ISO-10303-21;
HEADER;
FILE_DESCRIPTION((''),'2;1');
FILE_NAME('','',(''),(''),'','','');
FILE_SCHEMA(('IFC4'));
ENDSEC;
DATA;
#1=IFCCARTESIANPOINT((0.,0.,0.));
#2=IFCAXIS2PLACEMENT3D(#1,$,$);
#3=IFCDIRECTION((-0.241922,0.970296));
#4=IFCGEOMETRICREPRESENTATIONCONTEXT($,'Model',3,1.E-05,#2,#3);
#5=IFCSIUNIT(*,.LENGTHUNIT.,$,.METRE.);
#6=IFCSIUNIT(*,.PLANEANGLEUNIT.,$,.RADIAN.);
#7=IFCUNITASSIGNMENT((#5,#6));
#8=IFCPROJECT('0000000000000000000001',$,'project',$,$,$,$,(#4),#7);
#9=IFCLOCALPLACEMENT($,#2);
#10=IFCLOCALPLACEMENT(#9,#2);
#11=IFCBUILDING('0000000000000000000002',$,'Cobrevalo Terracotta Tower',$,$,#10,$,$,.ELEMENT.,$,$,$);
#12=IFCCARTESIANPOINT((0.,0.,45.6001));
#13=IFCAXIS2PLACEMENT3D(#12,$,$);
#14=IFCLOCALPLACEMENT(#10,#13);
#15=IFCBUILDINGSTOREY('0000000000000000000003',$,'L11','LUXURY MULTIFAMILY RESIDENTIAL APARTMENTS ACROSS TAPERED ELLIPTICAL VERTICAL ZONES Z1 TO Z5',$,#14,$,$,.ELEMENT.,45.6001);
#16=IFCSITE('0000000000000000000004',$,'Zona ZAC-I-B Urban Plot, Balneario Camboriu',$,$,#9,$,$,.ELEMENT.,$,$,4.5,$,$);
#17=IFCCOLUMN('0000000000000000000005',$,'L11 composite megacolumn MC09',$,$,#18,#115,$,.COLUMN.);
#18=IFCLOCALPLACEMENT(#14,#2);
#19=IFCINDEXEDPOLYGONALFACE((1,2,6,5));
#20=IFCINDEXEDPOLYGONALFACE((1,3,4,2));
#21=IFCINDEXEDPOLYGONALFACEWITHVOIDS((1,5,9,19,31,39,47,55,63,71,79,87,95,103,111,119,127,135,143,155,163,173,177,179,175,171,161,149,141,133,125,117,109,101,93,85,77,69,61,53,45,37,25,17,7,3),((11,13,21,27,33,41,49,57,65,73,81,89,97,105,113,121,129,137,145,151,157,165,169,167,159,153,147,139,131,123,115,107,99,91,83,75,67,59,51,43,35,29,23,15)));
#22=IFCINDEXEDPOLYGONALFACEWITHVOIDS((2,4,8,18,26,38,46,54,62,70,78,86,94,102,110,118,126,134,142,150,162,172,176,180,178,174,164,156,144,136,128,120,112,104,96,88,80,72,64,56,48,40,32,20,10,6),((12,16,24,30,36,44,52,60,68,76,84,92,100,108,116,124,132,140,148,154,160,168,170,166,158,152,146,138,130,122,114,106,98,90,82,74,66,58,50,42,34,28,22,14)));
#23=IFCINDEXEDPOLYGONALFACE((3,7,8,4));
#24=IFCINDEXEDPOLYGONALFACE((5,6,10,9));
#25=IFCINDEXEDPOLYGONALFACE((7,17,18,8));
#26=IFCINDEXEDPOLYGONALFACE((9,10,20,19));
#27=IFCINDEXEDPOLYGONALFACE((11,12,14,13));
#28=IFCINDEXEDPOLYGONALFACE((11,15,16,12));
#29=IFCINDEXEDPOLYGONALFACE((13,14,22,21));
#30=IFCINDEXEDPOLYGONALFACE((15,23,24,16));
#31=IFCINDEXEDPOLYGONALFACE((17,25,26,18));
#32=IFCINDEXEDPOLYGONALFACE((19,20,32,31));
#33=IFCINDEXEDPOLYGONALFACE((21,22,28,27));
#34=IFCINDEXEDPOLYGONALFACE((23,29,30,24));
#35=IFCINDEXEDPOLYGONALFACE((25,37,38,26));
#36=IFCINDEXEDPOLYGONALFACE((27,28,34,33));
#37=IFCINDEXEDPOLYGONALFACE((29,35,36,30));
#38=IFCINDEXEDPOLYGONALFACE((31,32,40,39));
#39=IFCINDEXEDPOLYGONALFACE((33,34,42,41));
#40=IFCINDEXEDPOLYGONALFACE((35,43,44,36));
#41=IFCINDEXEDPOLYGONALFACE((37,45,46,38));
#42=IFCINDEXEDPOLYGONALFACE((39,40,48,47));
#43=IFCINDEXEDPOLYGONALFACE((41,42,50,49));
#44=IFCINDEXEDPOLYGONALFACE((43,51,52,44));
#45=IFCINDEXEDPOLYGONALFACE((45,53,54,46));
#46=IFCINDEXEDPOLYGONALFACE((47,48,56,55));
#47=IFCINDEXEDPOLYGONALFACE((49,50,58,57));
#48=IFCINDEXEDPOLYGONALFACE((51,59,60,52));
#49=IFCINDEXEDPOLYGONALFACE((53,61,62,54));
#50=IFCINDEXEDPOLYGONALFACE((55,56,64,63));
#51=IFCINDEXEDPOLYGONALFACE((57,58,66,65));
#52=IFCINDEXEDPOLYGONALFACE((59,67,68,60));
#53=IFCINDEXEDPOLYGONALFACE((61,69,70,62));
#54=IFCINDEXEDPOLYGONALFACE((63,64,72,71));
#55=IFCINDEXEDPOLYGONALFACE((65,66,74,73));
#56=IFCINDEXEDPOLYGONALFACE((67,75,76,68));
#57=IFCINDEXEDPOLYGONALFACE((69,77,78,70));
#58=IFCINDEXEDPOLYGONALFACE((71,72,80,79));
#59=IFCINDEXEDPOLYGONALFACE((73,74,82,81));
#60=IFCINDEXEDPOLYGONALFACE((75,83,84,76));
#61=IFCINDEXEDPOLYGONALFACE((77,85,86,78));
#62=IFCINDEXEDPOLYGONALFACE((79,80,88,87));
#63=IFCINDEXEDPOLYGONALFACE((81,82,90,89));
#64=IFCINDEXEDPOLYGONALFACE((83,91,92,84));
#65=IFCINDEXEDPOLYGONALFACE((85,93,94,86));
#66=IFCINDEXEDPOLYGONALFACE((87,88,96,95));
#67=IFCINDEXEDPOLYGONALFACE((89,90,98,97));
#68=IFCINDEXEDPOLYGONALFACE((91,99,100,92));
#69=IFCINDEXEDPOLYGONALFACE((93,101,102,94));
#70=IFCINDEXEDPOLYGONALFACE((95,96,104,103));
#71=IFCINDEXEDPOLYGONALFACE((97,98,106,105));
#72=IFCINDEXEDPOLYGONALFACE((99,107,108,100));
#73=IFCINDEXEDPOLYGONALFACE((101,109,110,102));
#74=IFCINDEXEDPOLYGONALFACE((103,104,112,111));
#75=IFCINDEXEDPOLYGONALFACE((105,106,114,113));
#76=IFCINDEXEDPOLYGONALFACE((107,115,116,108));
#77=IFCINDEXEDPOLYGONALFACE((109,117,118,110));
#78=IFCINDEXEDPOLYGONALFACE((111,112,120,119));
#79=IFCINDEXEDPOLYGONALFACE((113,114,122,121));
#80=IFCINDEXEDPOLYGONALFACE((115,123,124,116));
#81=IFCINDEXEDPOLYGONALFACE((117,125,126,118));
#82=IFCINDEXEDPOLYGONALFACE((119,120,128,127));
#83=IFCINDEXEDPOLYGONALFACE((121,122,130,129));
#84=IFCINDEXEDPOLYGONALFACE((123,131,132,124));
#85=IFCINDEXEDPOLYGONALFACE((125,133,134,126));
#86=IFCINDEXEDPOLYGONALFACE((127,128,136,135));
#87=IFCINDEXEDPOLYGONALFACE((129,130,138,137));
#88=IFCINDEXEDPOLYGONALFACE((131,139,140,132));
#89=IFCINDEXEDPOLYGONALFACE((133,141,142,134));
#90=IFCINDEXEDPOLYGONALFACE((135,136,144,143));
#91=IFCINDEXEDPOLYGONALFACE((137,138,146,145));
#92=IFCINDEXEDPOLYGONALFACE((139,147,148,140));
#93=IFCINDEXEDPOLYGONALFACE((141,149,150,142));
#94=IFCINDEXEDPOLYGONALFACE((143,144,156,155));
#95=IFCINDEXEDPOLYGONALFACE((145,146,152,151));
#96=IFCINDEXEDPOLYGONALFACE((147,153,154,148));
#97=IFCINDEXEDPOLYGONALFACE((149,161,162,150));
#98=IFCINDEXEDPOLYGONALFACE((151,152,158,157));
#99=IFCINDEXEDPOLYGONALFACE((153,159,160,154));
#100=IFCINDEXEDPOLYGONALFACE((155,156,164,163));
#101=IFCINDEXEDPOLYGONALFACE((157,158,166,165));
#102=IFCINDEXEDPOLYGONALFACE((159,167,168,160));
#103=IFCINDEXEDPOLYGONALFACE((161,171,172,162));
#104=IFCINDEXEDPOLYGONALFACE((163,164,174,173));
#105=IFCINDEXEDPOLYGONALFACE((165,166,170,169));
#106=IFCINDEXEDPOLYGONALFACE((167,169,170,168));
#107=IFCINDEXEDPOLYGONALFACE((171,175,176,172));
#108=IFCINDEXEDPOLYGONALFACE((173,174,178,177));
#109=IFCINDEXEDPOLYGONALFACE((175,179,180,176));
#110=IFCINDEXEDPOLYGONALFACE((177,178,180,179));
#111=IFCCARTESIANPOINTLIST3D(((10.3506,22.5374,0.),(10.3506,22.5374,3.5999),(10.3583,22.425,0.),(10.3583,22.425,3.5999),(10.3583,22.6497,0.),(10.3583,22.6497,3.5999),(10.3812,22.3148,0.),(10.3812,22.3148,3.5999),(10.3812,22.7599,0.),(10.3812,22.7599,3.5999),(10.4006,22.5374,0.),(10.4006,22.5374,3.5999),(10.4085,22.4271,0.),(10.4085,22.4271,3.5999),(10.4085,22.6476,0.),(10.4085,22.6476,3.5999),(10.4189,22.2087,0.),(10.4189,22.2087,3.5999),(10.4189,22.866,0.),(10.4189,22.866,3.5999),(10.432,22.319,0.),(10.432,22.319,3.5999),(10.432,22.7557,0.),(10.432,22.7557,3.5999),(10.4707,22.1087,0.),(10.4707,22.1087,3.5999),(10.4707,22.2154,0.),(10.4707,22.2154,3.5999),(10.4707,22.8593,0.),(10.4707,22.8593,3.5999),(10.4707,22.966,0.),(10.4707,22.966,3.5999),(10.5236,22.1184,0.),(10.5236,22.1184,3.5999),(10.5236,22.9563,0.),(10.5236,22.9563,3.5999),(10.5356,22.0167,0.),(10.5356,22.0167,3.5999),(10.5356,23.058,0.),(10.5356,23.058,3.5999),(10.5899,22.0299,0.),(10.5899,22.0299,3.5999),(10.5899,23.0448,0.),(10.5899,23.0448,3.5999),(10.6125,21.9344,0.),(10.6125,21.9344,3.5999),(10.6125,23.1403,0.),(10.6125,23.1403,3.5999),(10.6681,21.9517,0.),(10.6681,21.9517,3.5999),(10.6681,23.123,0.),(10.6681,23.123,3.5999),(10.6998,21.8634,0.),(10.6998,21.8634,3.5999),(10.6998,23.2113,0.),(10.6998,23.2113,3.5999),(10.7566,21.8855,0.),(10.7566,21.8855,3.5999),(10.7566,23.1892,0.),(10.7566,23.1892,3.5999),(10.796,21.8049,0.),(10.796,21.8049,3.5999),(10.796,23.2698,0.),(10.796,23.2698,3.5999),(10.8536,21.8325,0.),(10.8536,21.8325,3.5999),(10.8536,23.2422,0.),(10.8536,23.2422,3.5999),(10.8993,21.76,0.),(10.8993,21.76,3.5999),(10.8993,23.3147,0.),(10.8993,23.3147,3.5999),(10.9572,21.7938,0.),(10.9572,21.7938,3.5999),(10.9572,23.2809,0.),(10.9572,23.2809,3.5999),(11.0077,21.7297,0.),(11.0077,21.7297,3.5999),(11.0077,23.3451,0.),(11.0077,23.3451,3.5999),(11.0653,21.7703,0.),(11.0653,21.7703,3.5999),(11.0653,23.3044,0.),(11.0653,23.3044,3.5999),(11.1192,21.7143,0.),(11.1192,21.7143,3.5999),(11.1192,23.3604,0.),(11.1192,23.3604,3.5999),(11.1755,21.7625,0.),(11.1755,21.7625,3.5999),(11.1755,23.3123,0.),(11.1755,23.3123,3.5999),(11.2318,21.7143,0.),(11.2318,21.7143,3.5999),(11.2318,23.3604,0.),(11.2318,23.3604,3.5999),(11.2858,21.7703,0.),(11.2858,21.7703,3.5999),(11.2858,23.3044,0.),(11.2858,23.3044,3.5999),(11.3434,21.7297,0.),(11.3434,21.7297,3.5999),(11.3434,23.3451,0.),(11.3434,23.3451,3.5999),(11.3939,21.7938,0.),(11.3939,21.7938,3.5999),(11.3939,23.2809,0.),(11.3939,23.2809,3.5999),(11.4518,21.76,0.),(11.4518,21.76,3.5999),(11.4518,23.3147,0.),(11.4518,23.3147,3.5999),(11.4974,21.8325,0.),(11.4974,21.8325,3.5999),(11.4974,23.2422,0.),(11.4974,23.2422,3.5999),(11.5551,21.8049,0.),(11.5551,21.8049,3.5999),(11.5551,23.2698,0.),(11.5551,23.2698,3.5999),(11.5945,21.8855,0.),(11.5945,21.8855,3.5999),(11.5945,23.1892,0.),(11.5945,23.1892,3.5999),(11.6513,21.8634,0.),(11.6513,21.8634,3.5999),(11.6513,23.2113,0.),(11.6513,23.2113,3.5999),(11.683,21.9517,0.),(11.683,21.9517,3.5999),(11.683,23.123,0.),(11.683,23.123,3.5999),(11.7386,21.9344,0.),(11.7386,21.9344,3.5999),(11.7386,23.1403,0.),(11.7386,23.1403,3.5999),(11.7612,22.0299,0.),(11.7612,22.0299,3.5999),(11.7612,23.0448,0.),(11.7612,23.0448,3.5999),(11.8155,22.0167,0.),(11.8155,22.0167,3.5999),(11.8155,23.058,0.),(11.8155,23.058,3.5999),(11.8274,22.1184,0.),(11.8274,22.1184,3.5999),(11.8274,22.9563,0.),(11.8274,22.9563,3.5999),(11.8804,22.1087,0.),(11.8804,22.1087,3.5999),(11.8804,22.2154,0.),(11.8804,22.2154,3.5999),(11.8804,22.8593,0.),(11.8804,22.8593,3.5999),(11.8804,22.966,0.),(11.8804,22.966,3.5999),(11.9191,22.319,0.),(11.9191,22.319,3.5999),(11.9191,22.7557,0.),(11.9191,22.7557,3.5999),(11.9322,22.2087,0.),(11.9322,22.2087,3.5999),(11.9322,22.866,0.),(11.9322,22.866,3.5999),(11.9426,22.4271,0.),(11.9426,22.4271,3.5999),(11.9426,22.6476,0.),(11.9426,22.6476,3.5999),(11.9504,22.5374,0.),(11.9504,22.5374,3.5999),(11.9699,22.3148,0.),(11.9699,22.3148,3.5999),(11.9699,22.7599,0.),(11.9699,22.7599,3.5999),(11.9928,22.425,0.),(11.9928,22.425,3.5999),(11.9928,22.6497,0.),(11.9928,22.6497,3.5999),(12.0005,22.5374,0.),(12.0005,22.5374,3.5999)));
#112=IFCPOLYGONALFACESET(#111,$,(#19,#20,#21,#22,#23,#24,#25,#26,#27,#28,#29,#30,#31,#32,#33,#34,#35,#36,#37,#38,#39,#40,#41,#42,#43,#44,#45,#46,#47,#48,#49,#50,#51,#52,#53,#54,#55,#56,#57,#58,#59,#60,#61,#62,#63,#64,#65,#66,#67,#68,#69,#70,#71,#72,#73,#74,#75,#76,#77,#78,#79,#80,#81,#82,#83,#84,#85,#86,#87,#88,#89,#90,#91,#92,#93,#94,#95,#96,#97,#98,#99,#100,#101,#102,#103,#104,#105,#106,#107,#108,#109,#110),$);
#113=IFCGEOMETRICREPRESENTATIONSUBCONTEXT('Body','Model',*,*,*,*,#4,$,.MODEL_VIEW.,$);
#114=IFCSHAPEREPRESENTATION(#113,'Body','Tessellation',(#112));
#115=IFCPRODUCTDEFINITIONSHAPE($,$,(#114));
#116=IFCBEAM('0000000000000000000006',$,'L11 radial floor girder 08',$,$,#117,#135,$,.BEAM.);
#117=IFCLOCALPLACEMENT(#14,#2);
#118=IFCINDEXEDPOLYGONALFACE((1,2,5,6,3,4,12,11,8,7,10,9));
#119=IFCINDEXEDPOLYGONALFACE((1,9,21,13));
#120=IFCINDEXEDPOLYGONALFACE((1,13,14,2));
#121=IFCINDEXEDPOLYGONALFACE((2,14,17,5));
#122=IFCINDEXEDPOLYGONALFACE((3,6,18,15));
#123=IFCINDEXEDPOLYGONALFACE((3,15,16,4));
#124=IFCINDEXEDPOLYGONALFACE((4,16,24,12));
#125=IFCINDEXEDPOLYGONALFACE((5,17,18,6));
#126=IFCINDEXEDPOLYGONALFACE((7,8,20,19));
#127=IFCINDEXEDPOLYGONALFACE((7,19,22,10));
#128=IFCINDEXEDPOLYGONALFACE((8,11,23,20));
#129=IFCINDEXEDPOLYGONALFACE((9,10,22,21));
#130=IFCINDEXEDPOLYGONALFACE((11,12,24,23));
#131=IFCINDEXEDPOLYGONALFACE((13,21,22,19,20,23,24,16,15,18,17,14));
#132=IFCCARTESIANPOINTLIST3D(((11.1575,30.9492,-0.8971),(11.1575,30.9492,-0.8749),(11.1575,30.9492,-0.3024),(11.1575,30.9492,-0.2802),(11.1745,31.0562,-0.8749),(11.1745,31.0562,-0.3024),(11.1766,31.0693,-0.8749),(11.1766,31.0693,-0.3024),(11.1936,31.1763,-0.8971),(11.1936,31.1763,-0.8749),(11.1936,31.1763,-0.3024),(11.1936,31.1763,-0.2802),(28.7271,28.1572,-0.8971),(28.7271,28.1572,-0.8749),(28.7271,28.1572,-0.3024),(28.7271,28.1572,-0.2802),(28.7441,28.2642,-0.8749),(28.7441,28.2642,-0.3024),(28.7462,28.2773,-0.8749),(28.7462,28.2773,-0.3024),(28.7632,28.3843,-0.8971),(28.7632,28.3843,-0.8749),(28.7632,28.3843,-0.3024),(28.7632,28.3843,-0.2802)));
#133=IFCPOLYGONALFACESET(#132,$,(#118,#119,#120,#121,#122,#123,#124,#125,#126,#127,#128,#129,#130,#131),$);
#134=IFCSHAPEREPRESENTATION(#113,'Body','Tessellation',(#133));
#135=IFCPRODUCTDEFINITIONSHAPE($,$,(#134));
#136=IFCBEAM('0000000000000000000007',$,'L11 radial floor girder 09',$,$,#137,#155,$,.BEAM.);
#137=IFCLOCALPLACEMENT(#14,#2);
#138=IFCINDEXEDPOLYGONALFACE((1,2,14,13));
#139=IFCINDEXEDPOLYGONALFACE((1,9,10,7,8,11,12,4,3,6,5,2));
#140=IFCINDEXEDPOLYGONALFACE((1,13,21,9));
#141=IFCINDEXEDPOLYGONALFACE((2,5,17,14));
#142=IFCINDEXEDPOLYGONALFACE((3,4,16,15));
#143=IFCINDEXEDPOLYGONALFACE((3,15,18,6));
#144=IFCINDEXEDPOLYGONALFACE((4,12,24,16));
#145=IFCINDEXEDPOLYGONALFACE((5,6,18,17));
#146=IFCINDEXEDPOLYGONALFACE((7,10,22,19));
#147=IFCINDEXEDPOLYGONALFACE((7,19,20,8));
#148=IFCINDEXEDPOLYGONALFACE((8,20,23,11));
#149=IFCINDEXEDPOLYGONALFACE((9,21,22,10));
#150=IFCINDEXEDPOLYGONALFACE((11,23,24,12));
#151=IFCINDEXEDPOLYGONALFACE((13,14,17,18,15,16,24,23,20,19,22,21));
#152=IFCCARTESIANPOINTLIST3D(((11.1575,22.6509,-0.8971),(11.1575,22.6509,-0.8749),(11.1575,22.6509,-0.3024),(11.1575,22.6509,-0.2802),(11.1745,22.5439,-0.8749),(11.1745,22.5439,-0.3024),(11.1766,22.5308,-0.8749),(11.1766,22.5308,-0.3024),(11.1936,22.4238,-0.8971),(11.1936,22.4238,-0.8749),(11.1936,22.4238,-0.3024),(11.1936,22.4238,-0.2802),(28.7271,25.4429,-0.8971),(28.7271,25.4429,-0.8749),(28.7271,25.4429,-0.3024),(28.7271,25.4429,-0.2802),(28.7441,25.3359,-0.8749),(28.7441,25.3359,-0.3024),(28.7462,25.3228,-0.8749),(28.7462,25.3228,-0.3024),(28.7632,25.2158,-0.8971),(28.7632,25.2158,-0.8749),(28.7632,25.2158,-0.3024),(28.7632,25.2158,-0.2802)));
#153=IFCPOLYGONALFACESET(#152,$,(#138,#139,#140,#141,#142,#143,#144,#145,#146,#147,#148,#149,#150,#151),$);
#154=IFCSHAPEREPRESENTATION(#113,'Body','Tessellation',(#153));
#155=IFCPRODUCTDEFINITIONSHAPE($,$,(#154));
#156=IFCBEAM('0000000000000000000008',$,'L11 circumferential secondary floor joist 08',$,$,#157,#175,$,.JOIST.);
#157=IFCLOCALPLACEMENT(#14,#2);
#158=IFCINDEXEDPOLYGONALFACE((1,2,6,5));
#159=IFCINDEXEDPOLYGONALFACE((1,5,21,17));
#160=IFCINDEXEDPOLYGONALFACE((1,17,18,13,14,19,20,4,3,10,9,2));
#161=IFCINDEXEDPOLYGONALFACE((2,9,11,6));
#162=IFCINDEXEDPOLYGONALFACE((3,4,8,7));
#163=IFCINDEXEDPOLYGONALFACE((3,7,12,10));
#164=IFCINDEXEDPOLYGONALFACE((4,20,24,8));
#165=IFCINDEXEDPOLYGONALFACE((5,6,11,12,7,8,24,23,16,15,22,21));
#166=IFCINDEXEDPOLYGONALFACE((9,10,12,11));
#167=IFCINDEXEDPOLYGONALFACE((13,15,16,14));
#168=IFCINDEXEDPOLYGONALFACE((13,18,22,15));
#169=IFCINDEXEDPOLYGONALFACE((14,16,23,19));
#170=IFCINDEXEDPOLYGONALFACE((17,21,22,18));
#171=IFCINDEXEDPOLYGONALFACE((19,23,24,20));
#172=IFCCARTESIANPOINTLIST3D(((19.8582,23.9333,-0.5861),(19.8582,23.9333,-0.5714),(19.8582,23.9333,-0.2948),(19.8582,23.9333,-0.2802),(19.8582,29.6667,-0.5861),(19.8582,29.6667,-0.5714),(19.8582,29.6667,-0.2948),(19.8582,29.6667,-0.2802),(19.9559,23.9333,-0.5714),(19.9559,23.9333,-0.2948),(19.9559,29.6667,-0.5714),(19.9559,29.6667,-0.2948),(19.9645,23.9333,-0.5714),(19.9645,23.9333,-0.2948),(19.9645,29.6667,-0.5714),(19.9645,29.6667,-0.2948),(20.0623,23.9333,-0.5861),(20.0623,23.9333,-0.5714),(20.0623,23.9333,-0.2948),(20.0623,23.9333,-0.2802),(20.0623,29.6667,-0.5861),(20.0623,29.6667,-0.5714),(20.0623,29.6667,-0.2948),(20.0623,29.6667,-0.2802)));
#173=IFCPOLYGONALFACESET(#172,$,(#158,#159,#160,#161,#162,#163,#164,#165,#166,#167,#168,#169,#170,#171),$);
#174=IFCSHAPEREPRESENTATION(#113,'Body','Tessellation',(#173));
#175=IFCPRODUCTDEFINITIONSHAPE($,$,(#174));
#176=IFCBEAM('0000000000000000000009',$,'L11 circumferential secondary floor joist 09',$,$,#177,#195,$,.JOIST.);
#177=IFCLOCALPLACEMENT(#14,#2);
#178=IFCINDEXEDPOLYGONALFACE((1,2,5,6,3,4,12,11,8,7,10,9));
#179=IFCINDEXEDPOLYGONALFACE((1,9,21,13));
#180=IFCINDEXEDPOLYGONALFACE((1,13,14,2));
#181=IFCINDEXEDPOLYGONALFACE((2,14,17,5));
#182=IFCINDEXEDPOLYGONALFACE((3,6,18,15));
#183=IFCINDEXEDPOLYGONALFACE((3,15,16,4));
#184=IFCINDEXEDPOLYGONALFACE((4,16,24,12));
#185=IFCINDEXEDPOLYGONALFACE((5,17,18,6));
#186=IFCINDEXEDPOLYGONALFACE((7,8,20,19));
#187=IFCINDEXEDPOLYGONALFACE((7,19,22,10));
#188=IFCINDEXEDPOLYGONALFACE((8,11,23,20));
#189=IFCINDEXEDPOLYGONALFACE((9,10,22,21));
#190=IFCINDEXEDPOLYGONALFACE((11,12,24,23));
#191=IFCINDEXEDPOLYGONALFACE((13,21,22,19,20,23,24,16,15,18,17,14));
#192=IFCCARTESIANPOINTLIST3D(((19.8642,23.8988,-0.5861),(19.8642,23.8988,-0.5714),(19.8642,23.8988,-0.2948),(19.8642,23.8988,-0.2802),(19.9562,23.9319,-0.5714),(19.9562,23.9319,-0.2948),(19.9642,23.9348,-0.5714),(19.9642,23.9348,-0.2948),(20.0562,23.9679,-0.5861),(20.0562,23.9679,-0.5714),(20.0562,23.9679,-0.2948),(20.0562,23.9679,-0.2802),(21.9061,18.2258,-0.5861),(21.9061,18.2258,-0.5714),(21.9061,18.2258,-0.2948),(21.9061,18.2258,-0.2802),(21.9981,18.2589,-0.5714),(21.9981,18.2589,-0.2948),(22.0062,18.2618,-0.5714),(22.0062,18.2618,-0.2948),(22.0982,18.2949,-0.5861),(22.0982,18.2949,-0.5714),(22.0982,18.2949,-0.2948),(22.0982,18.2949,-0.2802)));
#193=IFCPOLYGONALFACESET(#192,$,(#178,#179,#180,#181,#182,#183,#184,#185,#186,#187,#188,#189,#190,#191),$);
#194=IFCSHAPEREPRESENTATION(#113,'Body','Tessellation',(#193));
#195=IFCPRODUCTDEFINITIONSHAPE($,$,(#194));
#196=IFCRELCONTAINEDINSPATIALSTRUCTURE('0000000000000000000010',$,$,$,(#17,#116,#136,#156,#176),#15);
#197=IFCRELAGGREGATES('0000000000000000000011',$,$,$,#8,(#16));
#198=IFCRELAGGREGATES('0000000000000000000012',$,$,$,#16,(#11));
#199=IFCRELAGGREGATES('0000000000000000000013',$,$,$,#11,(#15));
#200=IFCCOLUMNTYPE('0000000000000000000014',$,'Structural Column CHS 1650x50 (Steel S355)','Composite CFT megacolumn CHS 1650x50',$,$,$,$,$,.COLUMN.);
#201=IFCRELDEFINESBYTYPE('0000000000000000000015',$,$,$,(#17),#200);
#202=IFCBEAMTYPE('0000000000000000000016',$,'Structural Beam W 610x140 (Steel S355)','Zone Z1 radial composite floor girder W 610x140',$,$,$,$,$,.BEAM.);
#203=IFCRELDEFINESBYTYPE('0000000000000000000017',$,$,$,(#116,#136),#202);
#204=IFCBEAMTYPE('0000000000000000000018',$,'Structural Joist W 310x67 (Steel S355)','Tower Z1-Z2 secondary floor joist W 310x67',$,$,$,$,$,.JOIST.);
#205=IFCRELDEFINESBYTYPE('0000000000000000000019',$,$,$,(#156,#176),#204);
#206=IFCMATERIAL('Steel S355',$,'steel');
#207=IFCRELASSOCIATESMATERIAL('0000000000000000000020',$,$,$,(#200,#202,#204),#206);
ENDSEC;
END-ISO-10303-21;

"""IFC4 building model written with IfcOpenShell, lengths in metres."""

from ifc_helpers import new_model, si_unit, direction, frame, origin, origin_2d, place, context, subcontext, project, spatial, hollow_circle, i_section, extrude, material, material_profile, profile_set, type_object, element, save


model = new_model("IFC4")

# Units and contexts
model_context = context("Model", 3, precision=1e-05, world=origin(), true_north=direction((-0.241922, 0.970296)))
body_context = subcontext(model_context, "Body", "Model", "MODEL_VIEW")
ifc_project = project(units=[si_unit("LENGTHUNIT", "METRE"), si_unit("PLANEANGLEUNIT", "RADIAN")], contexts=[model_context])

# Site, building, storey
site_placement = place(None, origin())
site = spatial("IfcSite", under=ifc_project, at=site_placement, Name="Zona ZAC-I-B Urban Plot, Balneario Camboriu", CompositionType="ELEMENT", RefElevation=4.5)
building_placement = place(site_placement, origin())
building = spatial("IfcBuilding", under=site, at=building_placement, Name="Cobrevalo Terracotta Tower", CompositionType="ELEMENT")
storey_placement = place(building_placement, frame((0.0, 0.0, 45.6001)))
storey = spatial("IfcBuildingStorey", under=building, at=storey_placement, Name="L11", Description="LUXURY MULTIFAMILY RESIDENTIAL APARTMENTS ACROSS TAPERED ELLIPTICAL VERTICAL ZONES Z1 TO Z5", CompositionType="ELEMENT", Elevation=45.6001)

# Column
ifc_material_1 = material(Name="Steel S355", Category="steel")
ifc_material_profile_1 = material_profile(ifc_material_1, hollow_circle(Radius=0.825, WallThickness=0.05, at=origin_2d()), Name="CHS 1650x50")
ifc_profile_set_1 = profile_set([ifc_material_profile_1], Name="Steel S355")
column_type = type_object("IfcColumnType", Name="Structural Column CHS 1650x50 (Steel S355)", Description="Composite CFT megacolumn CHS 1650x50", PredefinedType="COLUMN", material=ifc_profile_set_1)
for number, where, z_axis, x_axis, name in (
    (1, (11.1755, 22.5374, 0.0), (0.0, 0.0, 1.0), (1.0, 0.0, 0.0), "L11 composite megacolumn MC09"),
):
    element("IfcColumn", number, at=place(storey_placement, frame(where, z_axis=z_axis, x_axis=x_axis)), inside=storey, type_object=column_type, Name=name, PredefinedType="COLUMN", context=body_context, shape_type="SweptSolid", body=[
        extrude(hollow_circle(Radius=0.825, WallThickness=0.05, at=origin_2d()), origin(), (0.0, 0.0, 1.0), 3.5999),
    ])

# Beams
ifc_material_profile_2 = material_profile(ifc_material_1, i_section(OverallWidth=0.23, OverallDepth=0.6169, WebThickness=0.0132, FlangeThickness=0.0222, at=origin_2d()), Name="W 610x140")
ifc_profile_set_2 = profile_set([ifc_material_profile_2], Name="Steel S355")
beam_type_1 = type_object("IfcBeamType", Name="Structural Beam W 610x140 (Steel S355)", Description="Zone Z1 radial composite floor girder W 610x140", PredefinedType="BEAM", material=ifc_profile_set_2)
for number, where, z_axis, x_axis, name in (
    (2, (11.1755, 31.0627, -0.5886), (0.987608, -0.156941, 0.0), (0.156941, 0.987608, 0.0), "L11 radial floor girder 08"),
    (3, (11.1755, 22.5374, -0.5886), (0.987608, 0.156941, 0.0), (-0.156941, 0.987608, 0.0), "L11 radial floor girder 09"),
):
    element("IfcBeam", number, at=place(storey_placement, frame(where, z_axis=z_axis, x_axis=x_axis)), inside=storey, type_object=beam_type_1, Name=name, PredefinedType="BEAM", context=body_context, shape_type="SweptSolid", body=[
        extrude(i_section(OverallWidth=0.23, OverallDepth=0.6169, WebThickness=0.0132, FlangeThickness=0.0222, at=origin_2d()), origin(), (0.0, 0.0, 1.0), 17.79),
    ])
ifc_material_profile_3 = material_profile(ifc_material_1, i_section(OverallWidth=0.2041, OverallDepth=0.3059, WebThickness=0.0085, FlangeThickness=0.0146, at=origin_2d()), Name="W 310x67")
ifc_profile_set_3 = profile_set([ifc_material_profile_3], Name="Steel S355")
beam_type_2 = type_object("IfcBeamType", Name="Structural Joist W 310x67 (Steel S355)", Description="Tower Z1-Z2 secondary floor joist W 310x67", PredefinedType="JOIST", material=ifc_profile_set_3)
beam_1_placement = place(storey_placement, frame((19.9602, 29.6667, -0.4331), z_axis=(0.0, -1.0, 0.0), x_axis=(1.0, 0.0, 0.0)))
element("IfcBeam", 4, at=beam_1_placement, inside=storey, type_object=beam_type_2, Name="L11 circumferential secondary floor joist 08", PredefinedType="JOIST", context=body_context, shape_type="SweptSolid", body=[
    extrude(i_section(OverallWidth=0.2041, OverallDepth=0.3059, WebThickness=0.0085, FlangeThickness=0.0146, at=origin_2d()), origin(), (0.0, 0.0, 1.0), 5.7334),
])
beam_2_placement = place(storey_placement, frame((19.9602, 23.9333, -0.4331), z_axis=(0.338672, -0.940904, 0.0), x_axis=(0.940904, 0.338672, 0.0)))
element("IfcBeam", 5, at=beam_2_placement, inside=storey, type_object=beam_type_2, Name="L11 circumferential secondary floor joist 09", PredefinedType="JOIST", context=body_context, shape_type="SweptSolid", body=[
    extrude(i_section(OverallWidth=0.2041, OverallDepth=0.3059, WebThickness=0.0085, FlangeThickness=0.0146, at=origin_2d()), origin(), (0.0, 0.0, 1.0), 6.0293),
])

save(model, "model.ifc")
